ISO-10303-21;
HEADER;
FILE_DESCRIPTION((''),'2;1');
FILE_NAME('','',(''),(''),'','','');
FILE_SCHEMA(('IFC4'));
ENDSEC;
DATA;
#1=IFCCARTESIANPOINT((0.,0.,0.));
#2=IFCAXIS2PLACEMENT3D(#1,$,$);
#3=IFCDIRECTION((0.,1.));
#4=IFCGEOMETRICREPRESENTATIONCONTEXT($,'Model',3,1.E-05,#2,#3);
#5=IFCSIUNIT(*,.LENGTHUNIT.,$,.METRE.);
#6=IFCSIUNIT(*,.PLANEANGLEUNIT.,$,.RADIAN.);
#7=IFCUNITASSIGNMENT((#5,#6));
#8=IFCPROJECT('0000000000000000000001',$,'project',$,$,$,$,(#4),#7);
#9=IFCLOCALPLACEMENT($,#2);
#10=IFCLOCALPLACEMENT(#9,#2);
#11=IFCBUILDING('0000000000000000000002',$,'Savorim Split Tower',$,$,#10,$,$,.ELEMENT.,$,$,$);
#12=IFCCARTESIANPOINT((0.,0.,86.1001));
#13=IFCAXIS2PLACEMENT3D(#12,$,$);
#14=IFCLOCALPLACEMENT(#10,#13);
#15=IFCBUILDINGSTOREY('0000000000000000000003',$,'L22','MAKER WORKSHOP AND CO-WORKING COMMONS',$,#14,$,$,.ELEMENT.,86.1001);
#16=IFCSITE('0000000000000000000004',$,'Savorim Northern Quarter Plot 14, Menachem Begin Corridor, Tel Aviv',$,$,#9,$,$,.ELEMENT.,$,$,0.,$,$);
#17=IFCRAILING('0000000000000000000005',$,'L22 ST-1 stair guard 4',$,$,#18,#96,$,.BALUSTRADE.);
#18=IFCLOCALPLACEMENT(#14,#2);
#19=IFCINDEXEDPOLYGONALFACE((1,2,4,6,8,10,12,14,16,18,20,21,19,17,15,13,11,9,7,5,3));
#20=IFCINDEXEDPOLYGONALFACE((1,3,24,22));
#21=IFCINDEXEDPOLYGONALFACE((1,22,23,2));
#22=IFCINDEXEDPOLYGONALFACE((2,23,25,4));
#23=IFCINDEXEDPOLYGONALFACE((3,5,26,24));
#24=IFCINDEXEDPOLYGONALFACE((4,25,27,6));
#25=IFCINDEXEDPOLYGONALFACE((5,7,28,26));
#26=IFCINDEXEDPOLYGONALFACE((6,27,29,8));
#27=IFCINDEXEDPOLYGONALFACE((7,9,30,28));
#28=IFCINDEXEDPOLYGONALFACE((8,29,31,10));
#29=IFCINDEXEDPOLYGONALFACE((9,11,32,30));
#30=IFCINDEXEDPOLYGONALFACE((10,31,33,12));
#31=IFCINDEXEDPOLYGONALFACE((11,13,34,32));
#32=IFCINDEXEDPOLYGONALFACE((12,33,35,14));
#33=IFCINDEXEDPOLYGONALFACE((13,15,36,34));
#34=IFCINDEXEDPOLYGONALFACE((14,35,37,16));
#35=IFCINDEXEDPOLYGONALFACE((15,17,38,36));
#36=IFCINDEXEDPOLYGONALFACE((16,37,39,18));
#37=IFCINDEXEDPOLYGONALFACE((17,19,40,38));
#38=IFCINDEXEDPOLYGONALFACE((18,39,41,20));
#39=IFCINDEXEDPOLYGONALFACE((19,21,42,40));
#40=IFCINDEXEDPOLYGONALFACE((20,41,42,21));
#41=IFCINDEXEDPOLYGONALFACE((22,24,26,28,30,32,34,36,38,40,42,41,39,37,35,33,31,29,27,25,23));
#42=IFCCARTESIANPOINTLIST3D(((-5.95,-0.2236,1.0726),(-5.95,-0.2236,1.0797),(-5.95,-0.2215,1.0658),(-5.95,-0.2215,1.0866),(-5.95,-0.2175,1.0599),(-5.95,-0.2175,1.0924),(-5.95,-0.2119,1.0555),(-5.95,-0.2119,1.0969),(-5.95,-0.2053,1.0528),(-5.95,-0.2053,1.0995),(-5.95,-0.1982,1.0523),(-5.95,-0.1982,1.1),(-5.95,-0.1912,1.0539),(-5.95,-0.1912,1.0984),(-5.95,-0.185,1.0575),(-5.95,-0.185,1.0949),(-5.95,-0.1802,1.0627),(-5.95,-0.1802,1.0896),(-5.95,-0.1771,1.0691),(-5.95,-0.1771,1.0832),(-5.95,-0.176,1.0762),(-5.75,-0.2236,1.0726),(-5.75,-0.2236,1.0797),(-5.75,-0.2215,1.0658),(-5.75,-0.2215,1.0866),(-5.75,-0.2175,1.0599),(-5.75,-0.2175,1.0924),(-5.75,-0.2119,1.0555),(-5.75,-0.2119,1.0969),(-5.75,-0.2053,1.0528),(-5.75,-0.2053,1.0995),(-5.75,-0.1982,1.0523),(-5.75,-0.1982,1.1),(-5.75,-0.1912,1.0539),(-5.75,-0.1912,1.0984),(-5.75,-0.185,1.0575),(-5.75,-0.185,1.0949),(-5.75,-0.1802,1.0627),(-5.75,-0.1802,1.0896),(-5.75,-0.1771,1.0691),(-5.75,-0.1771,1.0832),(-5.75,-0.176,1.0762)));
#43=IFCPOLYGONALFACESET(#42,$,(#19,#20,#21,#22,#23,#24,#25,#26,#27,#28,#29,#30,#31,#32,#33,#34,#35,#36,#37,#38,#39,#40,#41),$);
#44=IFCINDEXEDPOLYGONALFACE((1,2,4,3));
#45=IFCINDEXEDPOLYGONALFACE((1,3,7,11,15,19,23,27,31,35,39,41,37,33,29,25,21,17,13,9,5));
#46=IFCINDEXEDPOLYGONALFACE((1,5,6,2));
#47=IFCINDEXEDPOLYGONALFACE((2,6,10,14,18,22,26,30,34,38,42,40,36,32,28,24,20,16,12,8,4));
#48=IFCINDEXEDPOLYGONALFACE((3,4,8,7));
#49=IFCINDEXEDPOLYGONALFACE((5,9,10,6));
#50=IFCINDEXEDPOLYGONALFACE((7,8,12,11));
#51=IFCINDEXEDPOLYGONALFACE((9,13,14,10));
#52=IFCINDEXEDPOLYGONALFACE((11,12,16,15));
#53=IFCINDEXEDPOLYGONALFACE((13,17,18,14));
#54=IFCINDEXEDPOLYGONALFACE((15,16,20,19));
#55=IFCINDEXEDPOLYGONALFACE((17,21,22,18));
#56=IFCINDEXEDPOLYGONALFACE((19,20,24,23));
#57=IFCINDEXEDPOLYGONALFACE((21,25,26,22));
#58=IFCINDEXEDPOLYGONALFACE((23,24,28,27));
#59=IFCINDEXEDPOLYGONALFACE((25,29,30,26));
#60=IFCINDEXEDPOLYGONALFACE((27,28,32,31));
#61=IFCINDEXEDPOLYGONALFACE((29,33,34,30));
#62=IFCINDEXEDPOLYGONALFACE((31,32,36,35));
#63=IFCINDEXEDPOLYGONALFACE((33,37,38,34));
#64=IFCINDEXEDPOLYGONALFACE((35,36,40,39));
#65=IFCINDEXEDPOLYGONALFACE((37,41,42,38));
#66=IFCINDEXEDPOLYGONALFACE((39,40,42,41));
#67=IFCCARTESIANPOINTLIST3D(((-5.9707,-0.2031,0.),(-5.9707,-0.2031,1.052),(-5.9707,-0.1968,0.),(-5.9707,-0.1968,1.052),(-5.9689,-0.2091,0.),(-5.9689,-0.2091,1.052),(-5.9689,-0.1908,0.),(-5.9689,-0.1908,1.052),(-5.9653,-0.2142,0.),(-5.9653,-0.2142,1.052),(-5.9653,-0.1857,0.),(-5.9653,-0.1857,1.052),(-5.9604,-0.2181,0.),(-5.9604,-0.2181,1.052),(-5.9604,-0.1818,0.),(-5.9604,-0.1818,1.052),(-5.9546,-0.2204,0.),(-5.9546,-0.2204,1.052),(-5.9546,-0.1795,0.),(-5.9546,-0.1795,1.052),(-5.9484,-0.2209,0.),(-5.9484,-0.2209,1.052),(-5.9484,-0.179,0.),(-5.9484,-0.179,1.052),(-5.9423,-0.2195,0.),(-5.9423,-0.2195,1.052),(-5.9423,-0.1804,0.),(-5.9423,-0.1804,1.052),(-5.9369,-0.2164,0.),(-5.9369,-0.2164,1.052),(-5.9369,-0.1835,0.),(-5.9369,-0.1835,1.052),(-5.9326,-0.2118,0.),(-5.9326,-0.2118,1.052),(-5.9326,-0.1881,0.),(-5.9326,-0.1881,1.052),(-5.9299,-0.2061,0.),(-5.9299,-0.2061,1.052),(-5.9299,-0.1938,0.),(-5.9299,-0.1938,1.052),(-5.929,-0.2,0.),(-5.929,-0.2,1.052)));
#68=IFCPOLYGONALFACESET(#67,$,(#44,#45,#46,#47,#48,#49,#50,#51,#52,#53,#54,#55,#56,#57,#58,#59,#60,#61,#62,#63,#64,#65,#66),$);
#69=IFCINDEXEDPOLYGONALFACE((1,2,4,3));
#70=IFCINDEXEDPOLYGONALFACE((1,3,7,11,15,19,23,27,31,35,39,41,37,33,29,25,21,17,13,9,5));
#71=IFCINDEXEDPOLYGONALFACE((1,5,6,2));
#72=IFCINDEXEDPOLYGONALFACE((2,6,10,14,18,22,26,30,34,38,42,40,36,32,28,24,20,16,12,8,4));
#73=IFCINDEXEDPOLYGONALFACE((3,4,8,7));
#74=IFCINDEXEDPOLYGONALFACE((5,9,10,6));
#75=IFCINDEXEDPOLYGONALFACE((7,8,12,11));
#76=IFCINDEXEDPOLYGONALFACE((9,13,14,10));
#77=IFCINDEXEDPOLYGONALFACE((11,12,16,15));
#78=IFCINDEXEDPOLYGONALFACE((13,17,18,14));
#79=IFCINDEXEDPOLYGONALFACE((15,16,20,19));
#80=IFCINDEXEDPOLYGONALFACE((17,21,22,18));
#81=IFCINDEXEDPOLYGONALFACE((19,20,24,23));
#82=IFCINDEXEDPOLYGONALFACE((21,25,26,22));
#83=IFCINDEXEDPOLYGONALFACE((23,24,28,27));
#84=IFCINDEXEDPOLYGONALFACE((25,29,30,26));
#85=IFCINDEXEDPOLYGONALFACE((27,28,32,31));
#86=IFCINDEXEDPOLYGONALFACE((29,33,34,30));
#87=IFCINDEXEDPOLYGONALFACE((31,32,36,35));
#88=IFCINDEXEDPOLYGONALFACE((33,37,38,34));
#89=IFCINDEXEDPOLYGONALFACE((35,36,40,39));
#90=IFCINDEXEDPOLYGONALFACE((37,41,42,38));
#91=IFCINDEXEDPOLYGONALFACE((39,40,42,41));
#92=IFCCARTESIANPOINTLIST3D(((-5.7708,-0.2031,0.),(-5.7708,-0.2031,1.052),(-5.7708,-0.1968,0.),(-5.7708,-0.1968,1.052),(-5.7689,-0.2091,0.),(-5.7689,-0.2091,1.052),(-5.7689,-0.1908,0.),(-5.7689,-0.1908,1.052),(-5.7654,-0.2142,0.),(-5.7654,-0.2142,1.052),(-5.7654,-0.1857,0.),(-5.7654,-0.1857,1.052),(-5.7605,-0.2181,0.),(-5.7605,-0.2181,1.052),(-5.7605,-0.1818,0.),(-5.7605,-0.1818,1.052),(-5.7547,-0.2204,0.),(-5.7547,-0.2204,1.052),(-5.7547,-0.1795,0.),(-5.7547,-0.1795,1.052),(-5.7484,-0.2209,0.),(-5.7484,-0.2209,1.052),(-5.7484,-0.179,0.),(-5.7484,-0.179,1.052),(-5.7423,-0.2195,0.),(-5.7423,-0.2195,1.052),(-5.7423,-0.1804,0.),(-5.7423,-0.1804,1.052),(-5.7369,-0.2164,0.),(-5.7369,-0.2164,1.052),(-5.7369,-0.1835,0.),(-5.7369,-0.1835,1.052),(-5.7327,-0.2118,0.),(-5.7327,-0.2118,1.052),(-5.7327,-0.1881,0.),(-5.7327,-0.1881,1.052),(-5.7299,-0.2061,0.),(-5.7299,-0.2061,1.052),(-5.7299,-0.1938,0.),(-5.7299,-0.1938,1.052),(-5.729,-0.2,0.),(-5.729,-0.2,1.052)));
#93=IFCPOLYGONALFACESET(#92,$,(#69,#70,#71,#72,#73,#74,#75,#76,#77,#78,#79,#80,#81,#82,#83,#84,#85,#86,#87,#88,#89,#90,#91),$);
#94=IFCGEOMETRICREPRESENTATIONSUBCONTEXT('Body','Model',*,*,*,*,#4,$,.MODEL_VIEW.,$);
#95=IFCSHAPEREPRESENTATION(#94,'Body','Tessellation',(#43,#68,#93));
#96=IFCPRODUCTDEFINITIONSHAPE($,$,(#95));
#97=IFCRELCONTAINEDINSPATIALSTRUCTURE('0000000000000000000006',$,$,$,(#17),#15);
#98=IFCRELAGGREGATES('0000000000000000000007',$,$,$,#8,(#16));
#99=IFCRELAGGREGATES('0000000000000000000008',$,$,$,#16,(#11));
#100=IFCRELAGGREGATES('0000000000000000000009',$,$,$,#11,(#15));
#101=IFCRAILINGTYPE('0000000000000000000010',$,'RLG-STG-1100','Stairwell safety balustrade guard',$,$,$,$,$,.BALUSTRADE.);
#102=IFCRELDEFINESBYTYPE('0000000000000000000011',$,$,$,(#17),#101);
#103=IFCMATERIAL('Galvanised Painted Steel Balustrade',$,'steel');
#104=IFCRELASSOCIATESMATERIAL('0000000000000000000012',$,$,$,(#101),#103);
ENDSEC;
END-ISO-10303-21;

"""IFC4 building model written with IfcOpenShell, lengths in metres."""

from ifc_helpers import new_model, si_unit, direction, frame, origin, origin_2d, place, context, subcontext, project, spatial, circle, extrude, material, type_object, element, save


model = new_model("IFC4")

# Units and contexts
model_context = context("Model", 3, precision=1e-05, world=origin(), true_north=direction((0.0, 1.0)))
body_context = subcontext(model_context, "Body", "Model", "MODEL_VIEW")
ifc_project = project(units=[si_unit("LENGTHUNIT", "METRE"), si_unit("PLANEANGLEUNIT", "RADIAN")], contexts=[model_context])

# Site, building, storey
site_placement = place(None, origin())
site = spatial("IfcSite", under=ifc_project, at=site_placement, Name="Savorim Northern Quarter Plot 14, Menachem Begin Corridor, Tel Aviv", CompositionType="ELEMENT", RefElevation=0.0)
building_placement = place(site_placement, origin())
building = spatial("IfcBuilding", under=site, at=building_placement, Name="Savorim Split Tower", CompositionType="ELEMENT")
storey_placement = place(building_placement, frame((0.0, 0.0, 86.1001)))
storey = spatial("IfcBuildingStorey", under=building, at=storey_placement, Name="L22", Description="MAKER WORKSHOP AND CO-WORKING COMMONS", CompositionType="ELEMENT", Elevation=86.1001)

# Railing
ifc_material_1 = material(Name="Galvanised Painted Steel Balustrade", Category="steel")
railing_type_1 = type_object("IfcRailingType", Name="RLG-STG-1100", Description="Stairwell safety balustrade guard", PredefinedType="BALUSTRADE", material=ifc_material_1)
railing_1_placement = place(storey_placement, frame((-5.95, -0.2, 0.0)))
element("IfcRailing", 1, at=railing_1_placement, inside=storey, type_object=railing_type_1, Name="L22 ST-1 stair guard 4", PredefinedType="BALUSTRADE", context=body_context, shape_type="SweptSolid", body=[
    extrude(circle(Radius=0.0239, at=origin_2d()), frame((0.0, 0.0, 1.0762), z_axis=(1.0, 0.0, 0.0), x_axis=(0.0, 1.0, 0.0)), (0.0, 0.0, 1.0), 0.2),
    extrude(circle(Radius=0.021, at=origin_2d()), origin(), (0.0, 0.0, 1.0), 1.052),
    extrude(circle(Radius=0.021, at=origin_2d()), frame((0.2, 0.0, 0.0)), (0.0, 0.0, 1.0), 1.052),
])

save(model, "model.ifc")
